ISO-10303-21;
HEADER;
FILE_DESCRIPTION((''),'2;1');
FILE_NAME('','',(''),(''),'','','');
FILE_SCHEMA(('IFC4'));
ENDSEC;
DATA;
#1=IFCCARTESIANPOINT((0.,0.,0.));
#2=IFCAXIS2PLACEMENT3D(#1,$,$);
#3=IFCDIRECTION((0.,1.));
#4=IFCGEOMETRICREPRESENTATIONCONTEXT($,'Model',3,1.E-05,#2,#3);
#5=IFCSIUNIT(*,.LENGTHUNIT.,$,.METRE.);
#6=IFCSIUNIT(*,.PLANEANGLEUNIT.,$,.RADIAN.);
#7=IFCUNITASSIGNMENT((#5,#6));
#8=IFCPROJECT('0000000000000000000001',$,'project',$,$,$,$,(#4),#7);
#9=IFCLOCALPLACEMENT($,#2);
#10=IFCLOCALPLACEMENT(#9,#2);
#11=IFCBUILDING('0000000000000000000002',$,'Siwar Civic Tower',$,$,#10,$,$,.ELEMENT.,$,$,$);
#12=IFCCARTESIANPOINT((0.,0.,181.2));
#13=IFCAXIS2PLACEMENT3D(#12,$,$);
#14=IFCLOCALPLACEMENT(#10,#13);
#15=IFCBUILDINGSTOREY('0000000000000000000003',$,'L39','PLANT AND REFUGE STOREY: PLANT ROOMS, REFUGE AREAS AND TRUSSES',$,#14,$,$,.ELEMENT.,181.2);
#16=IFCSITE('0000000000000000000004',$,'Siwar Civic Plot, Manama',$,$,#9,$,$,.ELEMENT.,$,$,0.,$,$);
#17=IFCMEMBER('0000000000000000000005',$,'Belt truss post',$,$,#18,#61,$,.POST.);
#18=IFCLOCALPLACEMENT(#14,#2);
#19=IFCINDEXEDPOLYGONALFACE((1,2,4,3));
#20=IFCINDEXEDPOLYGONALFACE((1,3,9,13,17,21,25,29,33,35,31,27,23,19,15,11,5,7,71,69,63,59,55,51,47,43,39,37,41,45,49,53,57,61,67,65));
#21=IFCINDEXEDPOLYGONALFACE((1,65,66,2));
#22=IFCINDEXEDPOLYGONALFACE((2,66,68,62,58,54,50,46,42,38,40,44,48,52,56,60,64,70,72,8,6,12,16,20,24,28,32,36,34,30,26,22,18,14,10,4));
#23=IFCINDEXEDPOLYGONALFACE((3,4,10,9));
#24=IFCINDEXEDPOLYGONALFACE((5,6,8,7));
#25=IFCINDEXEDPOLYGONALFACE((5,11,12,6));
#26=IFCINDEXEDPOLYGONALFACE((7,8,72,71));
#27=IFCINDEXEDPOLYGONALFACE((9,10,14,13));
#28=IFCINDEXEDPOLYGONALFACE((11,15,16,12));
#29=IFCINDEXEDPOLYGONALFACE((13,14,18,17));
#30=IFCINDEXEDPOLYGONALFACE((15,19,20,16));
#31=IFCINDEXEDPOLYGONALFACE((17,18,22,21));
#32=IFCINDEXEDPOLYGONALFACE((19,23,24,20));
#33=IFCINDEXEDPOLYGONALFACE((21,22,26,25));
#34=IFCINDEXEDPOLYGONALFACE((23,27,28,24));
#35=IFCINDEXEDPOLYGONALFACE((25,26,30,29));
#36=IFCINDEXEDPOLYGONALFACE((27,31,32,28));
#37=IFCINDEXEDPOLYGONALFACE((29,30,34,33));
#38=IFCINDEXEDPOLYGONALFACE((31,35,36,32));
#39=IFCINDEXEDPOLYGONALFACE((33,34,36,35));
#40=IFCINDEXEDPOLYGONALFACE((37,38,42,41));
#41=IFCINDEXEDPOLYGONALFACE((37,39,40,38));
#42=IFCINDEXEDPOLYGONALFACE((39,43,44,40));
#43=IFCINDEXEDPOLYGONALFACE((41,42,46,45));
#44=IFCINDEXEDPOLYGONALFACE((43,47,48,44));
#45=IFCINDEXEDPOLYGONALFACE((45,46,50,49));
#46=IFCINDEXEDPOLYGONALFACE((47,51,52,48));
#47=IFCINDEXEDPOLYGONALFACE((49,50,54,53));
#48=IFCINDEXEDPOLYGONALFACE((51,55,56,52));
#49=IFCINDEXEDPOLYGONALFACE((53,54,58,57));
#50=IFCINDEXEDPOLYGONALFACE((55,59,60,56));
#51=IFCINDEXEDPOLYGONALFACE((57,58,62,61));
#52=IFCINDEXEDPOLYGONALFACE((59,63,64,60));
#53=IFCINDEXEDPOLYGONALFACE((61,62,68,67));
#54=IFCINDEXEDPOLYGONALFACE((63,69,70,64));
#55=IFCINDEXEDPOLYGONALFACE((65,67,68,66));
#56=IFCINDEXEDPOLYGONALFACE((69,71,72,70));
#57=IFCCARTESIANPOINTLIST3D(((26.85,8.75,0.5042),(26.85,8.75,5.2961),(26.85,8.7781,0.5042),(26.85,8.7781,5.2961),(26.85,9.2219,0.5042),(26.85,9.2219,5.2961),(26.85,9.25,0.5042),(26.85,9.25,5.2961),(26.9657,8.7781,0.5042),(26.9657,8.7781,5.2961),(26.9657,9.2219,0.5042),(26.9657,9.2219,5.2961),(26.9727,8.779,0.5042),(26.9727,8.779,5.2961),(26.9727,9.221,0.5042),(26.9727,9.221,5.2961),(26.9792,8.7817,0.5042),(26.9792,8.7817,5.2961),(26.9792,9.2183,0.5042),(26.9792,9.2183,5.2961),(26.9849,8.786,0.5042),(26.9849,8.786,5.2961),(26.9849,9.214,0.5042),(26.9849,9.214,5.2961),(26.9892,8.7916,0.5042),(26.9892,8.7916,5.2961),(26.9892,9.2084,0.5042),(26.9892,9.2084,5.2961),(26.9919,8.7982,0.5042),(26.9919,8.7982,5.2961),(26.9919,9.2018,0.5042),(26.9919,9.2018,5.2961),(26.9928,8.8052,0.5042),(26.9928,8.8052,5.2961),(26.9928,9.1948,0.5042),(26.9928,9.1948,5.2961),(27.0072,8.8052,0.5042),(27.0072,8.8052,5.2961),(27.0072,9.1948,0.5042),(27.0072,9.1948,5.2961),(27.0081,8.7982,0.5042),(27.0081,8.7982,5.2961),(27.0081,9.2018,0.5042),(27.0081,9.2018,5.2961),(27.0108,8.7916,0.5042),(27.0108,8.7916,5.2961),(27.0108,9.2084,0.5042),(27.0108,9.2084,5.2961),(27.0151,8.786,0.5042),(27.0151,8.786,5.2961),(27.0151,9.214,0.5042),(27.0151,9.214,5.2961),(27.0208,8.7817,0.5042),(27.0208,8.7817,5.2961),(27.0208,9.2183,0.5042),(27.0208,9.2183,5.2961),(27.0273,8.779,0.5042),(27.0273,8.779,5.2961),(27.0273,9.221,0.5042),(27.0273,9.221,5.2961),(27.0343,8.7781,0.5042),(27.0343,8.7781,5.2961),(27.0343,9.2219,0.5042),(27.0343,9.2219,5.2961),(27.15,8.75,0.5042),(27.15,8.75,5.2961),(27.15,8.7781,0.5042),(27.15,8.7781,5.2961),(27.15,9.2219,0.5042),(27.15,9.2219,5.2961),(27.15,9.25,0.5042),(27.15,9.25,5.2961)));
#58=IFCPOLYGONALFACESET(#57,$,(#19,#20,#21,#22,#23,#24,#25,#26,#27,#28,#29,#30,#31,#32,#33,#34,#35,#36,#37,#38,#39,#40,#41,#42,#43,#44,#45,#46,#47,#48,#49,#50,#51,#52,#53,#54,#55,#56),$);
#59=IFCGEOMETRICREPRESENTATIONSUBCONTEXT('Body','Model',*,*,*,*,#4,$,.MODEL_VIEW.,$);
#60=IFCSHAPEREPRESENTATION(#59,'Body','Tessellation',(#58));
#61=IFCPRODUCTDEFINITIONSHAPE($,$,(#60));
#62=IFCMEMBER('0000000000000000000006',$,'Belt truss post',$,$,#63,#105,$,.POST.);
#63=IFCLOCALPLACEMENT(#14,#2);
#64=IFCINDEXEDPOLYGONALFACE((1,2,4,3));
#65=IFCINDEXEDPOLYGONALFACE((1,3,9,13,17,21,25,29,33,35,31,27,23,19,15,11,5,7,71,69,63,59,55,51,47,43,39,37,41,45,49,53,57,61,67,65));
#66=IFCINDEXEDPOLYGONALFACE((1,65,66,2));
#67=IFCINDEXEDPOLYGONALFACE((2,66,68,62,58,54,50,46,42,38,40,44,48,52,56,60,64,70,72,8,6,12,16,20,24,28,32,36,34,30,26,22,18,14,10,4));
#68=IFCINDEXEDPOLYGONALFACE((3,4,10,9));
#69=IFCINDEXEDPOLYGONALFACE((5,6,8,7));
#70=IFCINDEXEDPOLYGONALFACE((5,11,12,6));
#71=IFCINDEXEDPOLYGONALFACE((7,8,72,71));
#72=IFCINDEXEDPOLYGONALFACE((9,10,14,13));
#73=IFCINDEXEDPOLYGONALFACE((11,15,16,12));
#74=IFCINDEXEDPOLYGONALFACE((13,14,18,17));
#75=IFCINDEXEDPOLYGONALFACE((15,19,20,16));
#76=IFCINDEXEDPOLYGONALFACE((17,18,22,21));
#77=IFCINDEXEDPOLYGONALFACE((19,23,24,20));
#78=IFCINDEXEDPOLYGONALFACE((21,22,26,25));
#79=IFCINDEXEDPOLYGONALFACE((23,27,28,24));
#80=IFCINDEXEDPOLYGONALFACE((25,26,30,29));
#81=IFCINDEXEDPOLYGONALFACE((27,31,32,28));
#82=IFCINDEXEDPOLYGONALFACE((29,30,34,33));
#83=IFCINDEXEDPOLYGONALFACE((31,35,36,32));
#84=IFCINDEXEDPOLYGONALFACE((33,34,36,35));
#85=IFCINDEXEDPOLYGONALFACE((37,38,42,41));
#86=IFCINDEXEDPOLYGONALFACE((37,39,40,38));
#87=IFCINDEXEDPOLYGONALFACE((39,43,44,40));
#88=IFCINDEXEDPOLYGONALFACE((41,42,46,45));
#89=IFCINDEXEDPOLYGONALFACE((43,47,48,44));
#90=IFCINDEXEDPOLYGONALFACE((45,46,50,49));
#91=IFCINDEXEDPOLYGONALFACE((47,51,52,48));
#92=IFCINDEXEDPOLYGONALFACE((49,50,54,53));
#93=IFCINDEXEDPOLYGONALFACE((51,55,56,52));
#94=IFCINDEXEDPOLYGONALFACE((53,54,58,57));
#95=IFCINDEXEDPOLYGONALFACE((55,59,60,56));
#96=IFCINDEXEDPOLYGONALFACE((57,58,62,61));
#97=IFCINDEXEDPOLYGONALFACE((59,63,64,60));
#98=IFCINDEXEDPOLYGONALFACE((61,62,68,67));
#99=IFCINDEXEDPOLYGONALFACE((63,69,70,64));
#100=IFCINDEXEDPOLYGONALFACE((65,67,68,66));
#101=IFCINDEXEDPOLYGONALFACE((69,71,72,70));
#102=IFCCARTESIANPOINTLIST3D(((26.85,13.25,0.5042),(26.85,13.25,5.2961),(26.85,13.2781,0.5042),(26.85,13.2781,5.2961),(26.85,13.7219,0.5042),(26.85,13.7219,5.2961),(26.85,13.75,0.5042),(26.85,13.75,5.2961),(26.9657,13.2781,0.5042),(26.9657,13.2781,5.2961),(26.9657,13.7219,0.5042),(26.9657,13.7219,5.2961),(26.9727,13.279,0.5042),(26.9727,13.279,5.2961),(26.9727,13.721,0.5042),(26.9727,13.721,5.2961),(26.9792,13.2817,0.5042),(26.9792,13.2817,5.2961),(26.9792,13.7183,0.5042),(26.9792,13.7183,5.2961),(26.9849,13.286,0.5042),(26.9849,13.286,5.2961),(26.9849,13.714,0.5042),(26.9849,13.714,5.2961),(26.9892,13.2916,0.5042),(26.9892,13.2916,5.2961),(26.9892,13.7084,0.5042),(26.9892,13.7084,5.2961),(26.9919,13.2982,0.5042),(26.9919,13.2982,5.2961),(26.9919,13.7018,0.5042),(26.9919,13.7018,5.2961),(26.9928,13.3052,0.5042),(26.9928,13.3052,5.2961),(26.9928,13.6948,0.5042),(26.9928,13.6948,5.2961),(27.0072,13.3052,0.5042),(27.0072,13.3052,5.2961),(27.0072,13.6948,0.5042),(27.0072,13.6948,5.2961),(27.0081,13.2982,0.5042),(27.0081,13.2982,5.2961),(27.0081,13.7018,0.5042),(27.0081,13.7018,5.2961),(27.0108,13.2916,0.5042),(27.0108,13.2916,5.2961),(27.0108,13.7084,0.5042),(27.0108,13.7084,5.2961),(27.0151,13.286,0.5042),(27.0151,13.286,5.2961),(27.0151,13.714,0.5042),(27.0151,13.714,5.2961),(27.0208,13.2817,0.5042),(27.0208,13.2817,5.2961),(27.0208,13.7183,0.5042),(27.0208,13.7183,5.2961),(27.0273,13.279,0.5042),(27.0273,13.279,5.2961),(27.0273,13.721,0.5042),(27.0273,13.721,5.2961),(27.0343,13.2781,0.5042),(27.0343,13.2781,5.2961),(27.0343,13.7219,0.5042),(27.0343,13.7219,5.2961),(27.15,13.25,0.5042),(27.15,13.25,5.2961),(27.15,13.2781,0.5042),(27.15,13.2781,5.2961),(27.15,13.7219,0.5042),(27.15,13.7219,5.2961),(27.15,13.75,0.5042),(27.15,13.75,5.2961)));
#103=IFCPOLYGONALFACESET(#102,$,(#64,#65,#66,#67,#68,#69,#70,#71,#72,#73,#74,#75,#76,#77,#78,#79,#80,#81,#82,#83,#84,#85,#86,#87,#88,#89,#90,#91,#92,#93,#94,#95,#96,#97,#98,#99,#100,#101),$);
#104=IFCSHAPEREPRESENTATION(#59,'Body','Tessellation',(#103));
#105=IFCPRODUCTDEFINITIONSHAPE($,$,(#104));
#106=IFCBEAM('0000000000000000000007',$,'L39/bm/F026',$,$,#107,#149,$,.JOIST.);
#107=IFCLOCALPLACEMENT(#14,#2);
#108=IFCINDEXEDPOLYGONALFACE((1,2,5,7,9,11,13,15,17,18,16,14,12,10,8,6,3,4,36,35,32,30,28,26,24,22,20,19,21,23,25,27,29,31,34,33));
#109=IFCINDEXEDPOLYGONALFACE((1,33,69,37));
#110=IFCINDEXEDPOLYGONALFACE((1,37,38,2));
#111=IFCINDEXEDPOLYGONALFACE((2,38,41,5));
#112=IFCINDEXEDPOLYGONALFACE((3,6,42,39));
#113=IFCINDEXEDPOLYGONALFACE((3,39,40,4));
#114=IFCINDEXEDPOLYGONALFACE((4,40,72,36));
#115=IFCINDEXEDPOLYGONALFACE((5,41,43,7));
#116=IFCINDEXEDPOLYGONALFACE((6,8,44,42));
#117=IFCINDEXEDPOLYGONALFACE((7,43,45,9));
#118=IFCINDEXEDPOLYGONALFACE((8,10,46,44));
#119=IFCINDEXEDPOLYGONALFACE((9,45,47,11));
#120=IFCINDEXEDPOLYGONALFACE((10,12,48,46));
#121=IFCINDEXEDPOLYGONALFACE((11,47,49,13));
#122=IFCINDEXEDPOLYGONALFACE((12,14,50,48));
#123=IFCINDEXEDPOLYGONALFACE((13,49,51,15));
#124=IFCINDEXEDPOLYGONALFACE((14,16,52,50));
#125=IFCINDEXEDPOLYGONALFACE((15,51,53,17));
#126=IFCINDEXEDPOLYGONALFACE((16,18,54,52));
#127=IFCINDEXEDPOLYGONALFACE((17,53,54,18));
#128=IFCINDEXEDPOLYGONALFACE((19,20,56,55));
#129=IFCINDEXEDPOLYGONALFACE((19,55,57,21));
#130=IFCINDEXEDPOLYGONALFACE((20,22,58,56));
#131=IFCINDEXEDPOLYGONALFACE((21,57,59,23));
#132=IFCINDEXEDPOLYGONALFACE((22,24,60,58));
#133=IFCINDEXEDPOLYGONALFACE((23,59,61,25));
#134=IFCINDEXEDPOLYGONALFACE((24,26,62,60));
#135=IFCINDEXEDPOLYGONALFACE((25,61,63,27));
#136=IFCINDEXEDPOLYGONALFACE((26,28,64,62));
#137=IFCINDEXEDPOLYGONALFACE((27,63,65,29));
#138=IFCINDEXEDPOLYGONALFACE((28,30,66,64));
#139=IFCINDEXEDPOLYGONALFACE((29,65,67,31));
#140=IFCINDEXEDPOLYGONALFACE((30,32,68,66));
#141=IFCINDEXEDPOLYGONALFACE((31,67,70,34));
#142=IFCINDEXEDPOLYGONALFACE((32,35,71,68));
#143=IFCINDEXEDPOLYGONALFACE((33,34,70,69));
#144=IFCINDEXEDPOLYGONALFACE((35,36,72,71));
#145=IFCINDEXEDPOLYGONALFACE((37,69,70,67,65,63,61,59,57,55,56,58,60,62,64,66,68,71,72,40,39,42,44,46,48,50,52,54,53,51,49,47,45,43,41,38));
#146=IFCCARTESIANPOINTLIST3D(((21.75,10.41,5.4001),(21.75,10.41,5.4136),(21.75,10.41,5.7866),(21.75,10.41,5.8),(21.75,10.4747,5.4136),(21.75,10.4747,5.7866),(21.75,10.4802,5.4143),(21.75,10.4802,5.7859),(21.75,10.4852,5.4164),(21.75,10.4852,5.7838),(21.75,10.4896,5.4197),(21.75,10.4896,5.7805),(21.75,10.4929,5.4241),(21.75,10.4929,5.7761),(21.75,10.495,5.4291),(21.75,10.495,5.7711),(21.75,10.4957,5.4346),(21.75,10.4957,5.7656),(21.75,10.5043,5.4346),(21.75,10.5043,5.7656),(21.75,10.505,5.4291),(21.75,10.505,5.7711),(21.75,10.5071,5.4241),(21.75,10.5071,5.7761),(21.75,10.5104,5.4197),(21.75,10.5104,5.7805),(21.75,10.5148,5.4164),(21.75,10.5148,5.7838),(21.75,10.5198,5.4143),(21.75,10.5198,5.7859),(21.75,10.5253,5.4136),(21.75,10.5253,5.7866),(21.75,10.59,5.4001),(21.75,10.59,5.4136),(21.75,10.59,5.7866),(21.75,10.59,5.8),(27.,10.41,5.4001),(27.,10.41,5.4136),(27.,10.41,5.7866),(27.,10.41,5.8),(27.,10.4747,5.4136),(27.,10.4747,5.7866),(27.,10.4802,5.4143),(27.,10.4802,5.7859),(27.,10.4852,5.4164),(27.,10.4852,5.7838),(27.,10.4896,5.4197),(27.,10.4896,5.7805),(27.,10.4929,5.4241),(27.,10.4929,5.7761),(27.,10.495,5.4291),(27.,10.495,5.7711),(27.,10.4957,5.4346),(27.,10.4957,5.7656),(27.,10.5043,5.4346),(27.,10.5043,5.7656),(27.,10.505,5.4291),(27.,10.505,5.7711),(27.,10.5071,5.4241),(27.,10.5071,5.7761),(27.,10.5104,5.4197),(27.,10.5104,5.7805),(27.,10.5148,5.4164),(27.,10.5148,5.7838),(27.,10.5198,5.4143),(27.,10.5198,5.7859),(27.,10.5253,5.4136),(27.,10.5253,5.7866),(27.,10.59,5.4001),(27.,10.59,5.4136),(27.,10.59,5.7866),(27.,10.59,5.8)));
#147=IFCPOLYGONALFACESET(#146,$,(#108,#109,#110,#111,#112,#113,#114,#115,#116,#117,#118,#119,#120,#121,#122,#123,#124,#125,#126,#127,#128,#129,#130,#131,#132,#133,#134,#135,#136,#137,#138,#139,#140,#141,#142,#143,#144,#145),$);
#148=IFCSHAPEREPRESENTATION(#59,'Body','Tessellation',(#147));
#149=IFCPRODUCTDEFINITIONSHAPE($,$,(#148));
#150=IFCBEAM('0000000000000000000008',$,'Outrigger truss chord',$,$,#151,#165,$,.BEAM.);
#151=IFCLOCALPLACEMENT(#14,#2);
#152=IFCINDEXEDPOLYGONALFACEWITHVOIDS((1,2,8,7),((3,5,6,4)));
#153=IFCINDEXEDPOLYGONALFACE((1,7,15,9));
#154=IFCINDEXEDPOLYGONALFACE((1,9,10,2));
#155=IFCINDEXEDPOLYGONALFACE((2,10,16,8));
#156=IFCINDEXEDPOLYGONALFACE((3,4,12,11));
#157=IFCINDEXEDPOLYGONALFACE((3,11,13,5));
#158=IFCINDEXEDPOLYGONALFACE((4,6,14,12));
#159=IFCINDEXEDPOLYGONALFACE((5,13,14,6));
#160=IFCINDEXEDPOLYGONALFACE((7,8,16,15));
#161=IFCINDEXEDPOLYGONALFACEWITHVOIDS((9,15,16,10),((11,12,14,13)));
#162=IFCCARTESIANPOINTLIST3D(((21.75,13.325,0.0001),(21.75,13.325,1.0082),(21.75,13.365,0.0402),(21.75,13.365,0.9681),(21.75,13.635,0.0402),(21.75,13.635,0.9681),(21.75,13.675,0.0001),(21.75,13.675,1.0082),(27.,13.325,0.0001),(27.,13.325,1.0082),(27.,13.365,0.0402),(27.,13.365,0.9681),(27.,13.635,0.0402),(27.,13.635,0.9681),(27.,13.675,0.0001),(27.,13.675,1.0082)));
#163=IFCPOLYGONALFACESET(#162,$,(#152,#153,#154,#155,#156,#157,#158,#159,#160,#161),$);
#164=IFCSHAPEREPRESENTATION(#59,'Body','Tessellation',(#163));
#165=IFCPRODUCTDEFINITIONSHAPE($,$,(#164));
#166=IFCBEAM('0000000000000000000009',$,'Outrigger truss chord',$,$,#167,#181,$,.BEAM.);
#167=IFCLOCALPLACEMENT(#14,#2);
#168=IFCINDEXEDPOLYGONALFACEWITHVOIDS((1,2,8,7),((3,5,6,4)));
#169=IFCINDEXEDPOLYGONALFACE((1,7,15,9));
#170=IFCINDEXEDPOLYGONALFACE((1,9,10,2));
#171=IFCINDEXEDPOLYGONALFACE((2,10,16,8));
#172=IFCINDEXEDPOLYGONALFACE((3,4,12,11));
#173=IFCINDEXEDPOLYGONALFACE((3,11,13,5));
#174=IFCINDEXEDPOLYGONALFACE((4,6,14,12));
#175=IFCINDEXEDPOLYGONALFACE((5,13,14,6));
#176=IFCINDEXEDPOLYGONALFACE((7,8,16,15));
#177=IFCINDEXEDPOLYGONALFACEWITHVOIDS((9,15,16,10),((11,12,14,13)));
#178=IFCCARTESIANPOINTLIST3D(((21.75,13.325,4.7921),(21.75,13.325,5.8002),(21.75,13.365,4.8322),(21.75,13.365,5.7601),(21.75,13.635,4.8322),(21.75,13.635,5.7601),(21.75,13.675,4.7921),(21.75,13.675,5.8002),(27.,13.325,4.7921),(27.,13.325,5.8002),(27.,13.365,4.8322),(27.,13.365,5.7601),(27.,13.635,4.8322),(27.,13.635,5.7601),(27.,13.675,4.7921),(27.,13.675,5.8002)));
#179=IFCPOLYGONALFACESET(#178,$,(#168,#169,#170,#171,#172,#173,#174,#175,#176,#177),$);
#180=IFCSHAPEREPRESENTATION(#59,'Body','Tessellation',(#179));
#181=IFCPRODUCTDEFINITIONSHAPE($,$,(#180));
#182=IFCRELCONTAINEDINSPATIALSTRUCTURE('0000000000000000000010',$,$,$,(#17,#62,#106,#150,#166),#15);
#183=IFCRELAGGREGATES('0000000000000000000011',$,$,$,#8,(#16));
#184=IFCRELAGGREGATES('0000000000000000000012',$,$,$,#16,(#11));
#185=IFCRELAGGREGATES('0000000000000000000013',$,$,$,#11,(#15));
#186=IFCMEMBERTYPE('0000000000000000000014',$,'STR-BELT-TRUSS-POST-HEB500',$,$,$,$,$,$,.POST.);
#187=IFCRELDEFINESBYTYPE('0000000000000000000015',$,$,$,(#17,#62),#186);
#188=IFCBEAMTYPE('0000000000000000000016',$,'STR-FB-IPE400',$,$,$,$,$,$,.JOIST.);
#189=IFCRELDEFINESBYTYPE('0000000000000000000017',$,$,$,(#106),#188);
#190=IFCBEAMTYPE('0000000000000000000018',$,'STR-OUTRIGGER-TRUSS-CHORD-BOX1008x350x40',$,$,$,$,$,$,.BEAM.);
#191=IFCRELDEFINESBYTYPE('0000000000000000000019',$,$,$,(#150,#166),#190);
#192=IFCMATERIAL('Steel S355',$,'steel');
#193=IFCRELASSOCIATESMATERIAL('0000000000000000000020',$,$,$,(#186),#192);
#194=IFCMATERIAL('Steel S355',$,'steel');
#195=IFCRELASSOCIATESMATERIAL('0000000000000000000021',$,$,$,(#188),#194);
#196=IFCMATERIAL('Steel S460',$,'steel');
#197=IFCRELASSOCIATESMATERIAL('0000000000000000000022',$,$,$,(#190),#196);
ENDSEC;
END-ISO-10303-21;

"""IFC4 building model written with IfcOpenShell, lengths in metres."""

from ifc_helpers import new_model, si_unit, direction, frame, origin, origin_2d, place, context, subcontext, project, spatial, hollow_rectangle, i_section, extrude, material, material_profile, profile_set, type_object, element, save


model = new_model("IFC4")

# Units and contexts
model_context = context("Model", 3, precision=1e-05, world=origin(), true_north=direction((0.0, 1.0)))
body_context = subcontext(model_context, "Body", "Model", "MODEL_VIEW")
ifc_project = project(units=[si_unit("LENGTHUNIT", "METRE"), si_unit("PLANEANGLEUNIT", "RADIAN")], contexts=[model_context])

# Site, building, storey
site_placement = place(None, origin())
site = spatial("IfcSite", under=ifc_project, at=site_placement, Name="Siwar Civic Plot, Manama", CompositionType="ELEMENT", RefElevation=0.0)
building_placement = place(site_placement, origin())
building = spatial("IfcBuilding", under=site, at=building_placement, Name="Siwar Civic Tower", CompositionType="ELEMENT")
storey_placement = place(building_placement, frame((0.0, 0.0, 181.2)))
storey = spatial("IfcBuildingStorey", under=building, at=storey_placement, Name="L39", Description="PLANT AND REFUGE STOREY: PLANT ROOMS, REFUGE AREAS AND TRUSSES", CompositionType="ELEMENT", Elevation=181.2)

# Members
ifc_material_1 = material(Name="Steel S355", Category="steel")
ifc_material_profile_1 = material_profile(ifc_material_1, i_section(OverallWidth=0.3, OverallDepth=0.5, WebThickness=0.0144, FlangeThickness=0.0281, FilletRadius=0.0271, at=origin_2d()), Name="HEB500")
ifc_profile_set_1 = profile_set([ifc_material_profile_1], Name="Steel S355")
member_type_1 = type_object("IfcMemberType", Name="STR-BELT-TRUSS-POST-HEB500", PredefinedType="POST", material=ifc_profile_set_1)
for number, where, z_axis, x_axis, name in (
    (1, (27.0, 9.0, 0.5042), (0.0, 0.0, 1.0), (1.0, 0.0, 0.0), "Belt truss post"),
    (2, (27.0, 13.5, 0.5042), (0.0, 0.0, 1.0), (1.0, 0.0, 0.0), "Belt truss post"),
):
    element("IfcMember", number, at=place(storey_placement, frame(where, z_axis=z_axis, x_axis=x_axis)), inside=storey, type_object=member_type_1, Name=name, PredefinedType="POST", context=body_context, shape_type="SweptSolid", body=[
        extrude(i_section(OverallWidth=0.3, OverallDepth=0.5, WebThickness=0.0144, FlangeThickness=0.0281, FilletRadius=0.0271, at=origin_2d()), origin(), (0.0, 0.0, 1.0), 4.792),
    ])

# Beams
ifc_material_2 = material(Name="Steel S355", Category="steel")
ifc_material_profile_2 = material_profile(ifc_material_2, i_section(OverallWidth=0.1799, OverallDepth=0.3999, WebThickness=0.0085, FlangeThickness=0.0134, FilletRadius=0.021, at=origin_2d()), Name="IPE400")
ifc_profile_set_2 = profile_set([ifc_material_profile_2], Name="Steel S355")
beam_type_1 = type_object("IfcBeamType", Name="STR-FB-IPE400", PredefinedType="JOIST", material=ifc_profile_set_2)
beam_placement = place(storey_placement, frame((21.75, 10.5, 5.6001), z_axis=(1.0, 0.0, 0.0), x_axis=(0.0, 1.0, 0.0)))
element("IfcBeam", 3, at=beam_placement, inside=storey, type_object=beam_type_1, Name="L39/bm/F026", PredefinedType="JOIST", context=body_context, shape_type="SweptSolid", body=[
    extrude(i_section(OverallWidth=0.1799, OverallDepth=0.3999, WebThickness=0.0085, FlangeThickness=0.0134, FilletRadius=0.021, at=origin_2d()), origin(), (0.0, 0.0, 1.0), 5.25),
])
ifc_material_3 = material(Name="Steel S460", Category="steel")
ifc_material_profile_3 = material_profile(ifc_material_3, hollow_rectangle(XDim=0.3501, YDim=1.0081, WallThickness=0.04, at=origin_2d()), Name="BOX1008x350x40")
ifc_profile_set_3 = profile_set([ifc_material_profile_3], Name="Steel S460")
beam_type_2 = type_object("IfcBeamType", Name="STR-OUTRIGGER-TRUSS-CHORD-BOX1008x350x40", PredefinedType="BEAM", material=ifc_profile_set_3)
for number, where, z_axis, x_axis, name in (
    (4, (27.0, 13.5, 0.5042), (-1.0, 0.0, 0.0), (0.0, -1.0, 0.0), "Outrigger truss chord"),
    (5, (27.0, 13.5, 5.2961), (-1.0, 0.0, 0.0), (0.0, -1.0, 0.0), "Outrigger truss chord"),
):
    element("IfcBeam", number, at=place(storey_placement, frame(where, z_axis=z_axis, x_axis=x_axis)), inside=storey, type_object=beam_type_2, Name=name, PredefinedType="BEAM", context=body_context, shape_type="SweptSolid", body=[
        extrude(hollow_rectangle(XDim=0.3501, YDim=1.0081, WallThickness=0.04, at=origin_2d()), origin(), (0.0, 0.0, 1.0), 5.25),
    ])

save(model, "model.ifc")
